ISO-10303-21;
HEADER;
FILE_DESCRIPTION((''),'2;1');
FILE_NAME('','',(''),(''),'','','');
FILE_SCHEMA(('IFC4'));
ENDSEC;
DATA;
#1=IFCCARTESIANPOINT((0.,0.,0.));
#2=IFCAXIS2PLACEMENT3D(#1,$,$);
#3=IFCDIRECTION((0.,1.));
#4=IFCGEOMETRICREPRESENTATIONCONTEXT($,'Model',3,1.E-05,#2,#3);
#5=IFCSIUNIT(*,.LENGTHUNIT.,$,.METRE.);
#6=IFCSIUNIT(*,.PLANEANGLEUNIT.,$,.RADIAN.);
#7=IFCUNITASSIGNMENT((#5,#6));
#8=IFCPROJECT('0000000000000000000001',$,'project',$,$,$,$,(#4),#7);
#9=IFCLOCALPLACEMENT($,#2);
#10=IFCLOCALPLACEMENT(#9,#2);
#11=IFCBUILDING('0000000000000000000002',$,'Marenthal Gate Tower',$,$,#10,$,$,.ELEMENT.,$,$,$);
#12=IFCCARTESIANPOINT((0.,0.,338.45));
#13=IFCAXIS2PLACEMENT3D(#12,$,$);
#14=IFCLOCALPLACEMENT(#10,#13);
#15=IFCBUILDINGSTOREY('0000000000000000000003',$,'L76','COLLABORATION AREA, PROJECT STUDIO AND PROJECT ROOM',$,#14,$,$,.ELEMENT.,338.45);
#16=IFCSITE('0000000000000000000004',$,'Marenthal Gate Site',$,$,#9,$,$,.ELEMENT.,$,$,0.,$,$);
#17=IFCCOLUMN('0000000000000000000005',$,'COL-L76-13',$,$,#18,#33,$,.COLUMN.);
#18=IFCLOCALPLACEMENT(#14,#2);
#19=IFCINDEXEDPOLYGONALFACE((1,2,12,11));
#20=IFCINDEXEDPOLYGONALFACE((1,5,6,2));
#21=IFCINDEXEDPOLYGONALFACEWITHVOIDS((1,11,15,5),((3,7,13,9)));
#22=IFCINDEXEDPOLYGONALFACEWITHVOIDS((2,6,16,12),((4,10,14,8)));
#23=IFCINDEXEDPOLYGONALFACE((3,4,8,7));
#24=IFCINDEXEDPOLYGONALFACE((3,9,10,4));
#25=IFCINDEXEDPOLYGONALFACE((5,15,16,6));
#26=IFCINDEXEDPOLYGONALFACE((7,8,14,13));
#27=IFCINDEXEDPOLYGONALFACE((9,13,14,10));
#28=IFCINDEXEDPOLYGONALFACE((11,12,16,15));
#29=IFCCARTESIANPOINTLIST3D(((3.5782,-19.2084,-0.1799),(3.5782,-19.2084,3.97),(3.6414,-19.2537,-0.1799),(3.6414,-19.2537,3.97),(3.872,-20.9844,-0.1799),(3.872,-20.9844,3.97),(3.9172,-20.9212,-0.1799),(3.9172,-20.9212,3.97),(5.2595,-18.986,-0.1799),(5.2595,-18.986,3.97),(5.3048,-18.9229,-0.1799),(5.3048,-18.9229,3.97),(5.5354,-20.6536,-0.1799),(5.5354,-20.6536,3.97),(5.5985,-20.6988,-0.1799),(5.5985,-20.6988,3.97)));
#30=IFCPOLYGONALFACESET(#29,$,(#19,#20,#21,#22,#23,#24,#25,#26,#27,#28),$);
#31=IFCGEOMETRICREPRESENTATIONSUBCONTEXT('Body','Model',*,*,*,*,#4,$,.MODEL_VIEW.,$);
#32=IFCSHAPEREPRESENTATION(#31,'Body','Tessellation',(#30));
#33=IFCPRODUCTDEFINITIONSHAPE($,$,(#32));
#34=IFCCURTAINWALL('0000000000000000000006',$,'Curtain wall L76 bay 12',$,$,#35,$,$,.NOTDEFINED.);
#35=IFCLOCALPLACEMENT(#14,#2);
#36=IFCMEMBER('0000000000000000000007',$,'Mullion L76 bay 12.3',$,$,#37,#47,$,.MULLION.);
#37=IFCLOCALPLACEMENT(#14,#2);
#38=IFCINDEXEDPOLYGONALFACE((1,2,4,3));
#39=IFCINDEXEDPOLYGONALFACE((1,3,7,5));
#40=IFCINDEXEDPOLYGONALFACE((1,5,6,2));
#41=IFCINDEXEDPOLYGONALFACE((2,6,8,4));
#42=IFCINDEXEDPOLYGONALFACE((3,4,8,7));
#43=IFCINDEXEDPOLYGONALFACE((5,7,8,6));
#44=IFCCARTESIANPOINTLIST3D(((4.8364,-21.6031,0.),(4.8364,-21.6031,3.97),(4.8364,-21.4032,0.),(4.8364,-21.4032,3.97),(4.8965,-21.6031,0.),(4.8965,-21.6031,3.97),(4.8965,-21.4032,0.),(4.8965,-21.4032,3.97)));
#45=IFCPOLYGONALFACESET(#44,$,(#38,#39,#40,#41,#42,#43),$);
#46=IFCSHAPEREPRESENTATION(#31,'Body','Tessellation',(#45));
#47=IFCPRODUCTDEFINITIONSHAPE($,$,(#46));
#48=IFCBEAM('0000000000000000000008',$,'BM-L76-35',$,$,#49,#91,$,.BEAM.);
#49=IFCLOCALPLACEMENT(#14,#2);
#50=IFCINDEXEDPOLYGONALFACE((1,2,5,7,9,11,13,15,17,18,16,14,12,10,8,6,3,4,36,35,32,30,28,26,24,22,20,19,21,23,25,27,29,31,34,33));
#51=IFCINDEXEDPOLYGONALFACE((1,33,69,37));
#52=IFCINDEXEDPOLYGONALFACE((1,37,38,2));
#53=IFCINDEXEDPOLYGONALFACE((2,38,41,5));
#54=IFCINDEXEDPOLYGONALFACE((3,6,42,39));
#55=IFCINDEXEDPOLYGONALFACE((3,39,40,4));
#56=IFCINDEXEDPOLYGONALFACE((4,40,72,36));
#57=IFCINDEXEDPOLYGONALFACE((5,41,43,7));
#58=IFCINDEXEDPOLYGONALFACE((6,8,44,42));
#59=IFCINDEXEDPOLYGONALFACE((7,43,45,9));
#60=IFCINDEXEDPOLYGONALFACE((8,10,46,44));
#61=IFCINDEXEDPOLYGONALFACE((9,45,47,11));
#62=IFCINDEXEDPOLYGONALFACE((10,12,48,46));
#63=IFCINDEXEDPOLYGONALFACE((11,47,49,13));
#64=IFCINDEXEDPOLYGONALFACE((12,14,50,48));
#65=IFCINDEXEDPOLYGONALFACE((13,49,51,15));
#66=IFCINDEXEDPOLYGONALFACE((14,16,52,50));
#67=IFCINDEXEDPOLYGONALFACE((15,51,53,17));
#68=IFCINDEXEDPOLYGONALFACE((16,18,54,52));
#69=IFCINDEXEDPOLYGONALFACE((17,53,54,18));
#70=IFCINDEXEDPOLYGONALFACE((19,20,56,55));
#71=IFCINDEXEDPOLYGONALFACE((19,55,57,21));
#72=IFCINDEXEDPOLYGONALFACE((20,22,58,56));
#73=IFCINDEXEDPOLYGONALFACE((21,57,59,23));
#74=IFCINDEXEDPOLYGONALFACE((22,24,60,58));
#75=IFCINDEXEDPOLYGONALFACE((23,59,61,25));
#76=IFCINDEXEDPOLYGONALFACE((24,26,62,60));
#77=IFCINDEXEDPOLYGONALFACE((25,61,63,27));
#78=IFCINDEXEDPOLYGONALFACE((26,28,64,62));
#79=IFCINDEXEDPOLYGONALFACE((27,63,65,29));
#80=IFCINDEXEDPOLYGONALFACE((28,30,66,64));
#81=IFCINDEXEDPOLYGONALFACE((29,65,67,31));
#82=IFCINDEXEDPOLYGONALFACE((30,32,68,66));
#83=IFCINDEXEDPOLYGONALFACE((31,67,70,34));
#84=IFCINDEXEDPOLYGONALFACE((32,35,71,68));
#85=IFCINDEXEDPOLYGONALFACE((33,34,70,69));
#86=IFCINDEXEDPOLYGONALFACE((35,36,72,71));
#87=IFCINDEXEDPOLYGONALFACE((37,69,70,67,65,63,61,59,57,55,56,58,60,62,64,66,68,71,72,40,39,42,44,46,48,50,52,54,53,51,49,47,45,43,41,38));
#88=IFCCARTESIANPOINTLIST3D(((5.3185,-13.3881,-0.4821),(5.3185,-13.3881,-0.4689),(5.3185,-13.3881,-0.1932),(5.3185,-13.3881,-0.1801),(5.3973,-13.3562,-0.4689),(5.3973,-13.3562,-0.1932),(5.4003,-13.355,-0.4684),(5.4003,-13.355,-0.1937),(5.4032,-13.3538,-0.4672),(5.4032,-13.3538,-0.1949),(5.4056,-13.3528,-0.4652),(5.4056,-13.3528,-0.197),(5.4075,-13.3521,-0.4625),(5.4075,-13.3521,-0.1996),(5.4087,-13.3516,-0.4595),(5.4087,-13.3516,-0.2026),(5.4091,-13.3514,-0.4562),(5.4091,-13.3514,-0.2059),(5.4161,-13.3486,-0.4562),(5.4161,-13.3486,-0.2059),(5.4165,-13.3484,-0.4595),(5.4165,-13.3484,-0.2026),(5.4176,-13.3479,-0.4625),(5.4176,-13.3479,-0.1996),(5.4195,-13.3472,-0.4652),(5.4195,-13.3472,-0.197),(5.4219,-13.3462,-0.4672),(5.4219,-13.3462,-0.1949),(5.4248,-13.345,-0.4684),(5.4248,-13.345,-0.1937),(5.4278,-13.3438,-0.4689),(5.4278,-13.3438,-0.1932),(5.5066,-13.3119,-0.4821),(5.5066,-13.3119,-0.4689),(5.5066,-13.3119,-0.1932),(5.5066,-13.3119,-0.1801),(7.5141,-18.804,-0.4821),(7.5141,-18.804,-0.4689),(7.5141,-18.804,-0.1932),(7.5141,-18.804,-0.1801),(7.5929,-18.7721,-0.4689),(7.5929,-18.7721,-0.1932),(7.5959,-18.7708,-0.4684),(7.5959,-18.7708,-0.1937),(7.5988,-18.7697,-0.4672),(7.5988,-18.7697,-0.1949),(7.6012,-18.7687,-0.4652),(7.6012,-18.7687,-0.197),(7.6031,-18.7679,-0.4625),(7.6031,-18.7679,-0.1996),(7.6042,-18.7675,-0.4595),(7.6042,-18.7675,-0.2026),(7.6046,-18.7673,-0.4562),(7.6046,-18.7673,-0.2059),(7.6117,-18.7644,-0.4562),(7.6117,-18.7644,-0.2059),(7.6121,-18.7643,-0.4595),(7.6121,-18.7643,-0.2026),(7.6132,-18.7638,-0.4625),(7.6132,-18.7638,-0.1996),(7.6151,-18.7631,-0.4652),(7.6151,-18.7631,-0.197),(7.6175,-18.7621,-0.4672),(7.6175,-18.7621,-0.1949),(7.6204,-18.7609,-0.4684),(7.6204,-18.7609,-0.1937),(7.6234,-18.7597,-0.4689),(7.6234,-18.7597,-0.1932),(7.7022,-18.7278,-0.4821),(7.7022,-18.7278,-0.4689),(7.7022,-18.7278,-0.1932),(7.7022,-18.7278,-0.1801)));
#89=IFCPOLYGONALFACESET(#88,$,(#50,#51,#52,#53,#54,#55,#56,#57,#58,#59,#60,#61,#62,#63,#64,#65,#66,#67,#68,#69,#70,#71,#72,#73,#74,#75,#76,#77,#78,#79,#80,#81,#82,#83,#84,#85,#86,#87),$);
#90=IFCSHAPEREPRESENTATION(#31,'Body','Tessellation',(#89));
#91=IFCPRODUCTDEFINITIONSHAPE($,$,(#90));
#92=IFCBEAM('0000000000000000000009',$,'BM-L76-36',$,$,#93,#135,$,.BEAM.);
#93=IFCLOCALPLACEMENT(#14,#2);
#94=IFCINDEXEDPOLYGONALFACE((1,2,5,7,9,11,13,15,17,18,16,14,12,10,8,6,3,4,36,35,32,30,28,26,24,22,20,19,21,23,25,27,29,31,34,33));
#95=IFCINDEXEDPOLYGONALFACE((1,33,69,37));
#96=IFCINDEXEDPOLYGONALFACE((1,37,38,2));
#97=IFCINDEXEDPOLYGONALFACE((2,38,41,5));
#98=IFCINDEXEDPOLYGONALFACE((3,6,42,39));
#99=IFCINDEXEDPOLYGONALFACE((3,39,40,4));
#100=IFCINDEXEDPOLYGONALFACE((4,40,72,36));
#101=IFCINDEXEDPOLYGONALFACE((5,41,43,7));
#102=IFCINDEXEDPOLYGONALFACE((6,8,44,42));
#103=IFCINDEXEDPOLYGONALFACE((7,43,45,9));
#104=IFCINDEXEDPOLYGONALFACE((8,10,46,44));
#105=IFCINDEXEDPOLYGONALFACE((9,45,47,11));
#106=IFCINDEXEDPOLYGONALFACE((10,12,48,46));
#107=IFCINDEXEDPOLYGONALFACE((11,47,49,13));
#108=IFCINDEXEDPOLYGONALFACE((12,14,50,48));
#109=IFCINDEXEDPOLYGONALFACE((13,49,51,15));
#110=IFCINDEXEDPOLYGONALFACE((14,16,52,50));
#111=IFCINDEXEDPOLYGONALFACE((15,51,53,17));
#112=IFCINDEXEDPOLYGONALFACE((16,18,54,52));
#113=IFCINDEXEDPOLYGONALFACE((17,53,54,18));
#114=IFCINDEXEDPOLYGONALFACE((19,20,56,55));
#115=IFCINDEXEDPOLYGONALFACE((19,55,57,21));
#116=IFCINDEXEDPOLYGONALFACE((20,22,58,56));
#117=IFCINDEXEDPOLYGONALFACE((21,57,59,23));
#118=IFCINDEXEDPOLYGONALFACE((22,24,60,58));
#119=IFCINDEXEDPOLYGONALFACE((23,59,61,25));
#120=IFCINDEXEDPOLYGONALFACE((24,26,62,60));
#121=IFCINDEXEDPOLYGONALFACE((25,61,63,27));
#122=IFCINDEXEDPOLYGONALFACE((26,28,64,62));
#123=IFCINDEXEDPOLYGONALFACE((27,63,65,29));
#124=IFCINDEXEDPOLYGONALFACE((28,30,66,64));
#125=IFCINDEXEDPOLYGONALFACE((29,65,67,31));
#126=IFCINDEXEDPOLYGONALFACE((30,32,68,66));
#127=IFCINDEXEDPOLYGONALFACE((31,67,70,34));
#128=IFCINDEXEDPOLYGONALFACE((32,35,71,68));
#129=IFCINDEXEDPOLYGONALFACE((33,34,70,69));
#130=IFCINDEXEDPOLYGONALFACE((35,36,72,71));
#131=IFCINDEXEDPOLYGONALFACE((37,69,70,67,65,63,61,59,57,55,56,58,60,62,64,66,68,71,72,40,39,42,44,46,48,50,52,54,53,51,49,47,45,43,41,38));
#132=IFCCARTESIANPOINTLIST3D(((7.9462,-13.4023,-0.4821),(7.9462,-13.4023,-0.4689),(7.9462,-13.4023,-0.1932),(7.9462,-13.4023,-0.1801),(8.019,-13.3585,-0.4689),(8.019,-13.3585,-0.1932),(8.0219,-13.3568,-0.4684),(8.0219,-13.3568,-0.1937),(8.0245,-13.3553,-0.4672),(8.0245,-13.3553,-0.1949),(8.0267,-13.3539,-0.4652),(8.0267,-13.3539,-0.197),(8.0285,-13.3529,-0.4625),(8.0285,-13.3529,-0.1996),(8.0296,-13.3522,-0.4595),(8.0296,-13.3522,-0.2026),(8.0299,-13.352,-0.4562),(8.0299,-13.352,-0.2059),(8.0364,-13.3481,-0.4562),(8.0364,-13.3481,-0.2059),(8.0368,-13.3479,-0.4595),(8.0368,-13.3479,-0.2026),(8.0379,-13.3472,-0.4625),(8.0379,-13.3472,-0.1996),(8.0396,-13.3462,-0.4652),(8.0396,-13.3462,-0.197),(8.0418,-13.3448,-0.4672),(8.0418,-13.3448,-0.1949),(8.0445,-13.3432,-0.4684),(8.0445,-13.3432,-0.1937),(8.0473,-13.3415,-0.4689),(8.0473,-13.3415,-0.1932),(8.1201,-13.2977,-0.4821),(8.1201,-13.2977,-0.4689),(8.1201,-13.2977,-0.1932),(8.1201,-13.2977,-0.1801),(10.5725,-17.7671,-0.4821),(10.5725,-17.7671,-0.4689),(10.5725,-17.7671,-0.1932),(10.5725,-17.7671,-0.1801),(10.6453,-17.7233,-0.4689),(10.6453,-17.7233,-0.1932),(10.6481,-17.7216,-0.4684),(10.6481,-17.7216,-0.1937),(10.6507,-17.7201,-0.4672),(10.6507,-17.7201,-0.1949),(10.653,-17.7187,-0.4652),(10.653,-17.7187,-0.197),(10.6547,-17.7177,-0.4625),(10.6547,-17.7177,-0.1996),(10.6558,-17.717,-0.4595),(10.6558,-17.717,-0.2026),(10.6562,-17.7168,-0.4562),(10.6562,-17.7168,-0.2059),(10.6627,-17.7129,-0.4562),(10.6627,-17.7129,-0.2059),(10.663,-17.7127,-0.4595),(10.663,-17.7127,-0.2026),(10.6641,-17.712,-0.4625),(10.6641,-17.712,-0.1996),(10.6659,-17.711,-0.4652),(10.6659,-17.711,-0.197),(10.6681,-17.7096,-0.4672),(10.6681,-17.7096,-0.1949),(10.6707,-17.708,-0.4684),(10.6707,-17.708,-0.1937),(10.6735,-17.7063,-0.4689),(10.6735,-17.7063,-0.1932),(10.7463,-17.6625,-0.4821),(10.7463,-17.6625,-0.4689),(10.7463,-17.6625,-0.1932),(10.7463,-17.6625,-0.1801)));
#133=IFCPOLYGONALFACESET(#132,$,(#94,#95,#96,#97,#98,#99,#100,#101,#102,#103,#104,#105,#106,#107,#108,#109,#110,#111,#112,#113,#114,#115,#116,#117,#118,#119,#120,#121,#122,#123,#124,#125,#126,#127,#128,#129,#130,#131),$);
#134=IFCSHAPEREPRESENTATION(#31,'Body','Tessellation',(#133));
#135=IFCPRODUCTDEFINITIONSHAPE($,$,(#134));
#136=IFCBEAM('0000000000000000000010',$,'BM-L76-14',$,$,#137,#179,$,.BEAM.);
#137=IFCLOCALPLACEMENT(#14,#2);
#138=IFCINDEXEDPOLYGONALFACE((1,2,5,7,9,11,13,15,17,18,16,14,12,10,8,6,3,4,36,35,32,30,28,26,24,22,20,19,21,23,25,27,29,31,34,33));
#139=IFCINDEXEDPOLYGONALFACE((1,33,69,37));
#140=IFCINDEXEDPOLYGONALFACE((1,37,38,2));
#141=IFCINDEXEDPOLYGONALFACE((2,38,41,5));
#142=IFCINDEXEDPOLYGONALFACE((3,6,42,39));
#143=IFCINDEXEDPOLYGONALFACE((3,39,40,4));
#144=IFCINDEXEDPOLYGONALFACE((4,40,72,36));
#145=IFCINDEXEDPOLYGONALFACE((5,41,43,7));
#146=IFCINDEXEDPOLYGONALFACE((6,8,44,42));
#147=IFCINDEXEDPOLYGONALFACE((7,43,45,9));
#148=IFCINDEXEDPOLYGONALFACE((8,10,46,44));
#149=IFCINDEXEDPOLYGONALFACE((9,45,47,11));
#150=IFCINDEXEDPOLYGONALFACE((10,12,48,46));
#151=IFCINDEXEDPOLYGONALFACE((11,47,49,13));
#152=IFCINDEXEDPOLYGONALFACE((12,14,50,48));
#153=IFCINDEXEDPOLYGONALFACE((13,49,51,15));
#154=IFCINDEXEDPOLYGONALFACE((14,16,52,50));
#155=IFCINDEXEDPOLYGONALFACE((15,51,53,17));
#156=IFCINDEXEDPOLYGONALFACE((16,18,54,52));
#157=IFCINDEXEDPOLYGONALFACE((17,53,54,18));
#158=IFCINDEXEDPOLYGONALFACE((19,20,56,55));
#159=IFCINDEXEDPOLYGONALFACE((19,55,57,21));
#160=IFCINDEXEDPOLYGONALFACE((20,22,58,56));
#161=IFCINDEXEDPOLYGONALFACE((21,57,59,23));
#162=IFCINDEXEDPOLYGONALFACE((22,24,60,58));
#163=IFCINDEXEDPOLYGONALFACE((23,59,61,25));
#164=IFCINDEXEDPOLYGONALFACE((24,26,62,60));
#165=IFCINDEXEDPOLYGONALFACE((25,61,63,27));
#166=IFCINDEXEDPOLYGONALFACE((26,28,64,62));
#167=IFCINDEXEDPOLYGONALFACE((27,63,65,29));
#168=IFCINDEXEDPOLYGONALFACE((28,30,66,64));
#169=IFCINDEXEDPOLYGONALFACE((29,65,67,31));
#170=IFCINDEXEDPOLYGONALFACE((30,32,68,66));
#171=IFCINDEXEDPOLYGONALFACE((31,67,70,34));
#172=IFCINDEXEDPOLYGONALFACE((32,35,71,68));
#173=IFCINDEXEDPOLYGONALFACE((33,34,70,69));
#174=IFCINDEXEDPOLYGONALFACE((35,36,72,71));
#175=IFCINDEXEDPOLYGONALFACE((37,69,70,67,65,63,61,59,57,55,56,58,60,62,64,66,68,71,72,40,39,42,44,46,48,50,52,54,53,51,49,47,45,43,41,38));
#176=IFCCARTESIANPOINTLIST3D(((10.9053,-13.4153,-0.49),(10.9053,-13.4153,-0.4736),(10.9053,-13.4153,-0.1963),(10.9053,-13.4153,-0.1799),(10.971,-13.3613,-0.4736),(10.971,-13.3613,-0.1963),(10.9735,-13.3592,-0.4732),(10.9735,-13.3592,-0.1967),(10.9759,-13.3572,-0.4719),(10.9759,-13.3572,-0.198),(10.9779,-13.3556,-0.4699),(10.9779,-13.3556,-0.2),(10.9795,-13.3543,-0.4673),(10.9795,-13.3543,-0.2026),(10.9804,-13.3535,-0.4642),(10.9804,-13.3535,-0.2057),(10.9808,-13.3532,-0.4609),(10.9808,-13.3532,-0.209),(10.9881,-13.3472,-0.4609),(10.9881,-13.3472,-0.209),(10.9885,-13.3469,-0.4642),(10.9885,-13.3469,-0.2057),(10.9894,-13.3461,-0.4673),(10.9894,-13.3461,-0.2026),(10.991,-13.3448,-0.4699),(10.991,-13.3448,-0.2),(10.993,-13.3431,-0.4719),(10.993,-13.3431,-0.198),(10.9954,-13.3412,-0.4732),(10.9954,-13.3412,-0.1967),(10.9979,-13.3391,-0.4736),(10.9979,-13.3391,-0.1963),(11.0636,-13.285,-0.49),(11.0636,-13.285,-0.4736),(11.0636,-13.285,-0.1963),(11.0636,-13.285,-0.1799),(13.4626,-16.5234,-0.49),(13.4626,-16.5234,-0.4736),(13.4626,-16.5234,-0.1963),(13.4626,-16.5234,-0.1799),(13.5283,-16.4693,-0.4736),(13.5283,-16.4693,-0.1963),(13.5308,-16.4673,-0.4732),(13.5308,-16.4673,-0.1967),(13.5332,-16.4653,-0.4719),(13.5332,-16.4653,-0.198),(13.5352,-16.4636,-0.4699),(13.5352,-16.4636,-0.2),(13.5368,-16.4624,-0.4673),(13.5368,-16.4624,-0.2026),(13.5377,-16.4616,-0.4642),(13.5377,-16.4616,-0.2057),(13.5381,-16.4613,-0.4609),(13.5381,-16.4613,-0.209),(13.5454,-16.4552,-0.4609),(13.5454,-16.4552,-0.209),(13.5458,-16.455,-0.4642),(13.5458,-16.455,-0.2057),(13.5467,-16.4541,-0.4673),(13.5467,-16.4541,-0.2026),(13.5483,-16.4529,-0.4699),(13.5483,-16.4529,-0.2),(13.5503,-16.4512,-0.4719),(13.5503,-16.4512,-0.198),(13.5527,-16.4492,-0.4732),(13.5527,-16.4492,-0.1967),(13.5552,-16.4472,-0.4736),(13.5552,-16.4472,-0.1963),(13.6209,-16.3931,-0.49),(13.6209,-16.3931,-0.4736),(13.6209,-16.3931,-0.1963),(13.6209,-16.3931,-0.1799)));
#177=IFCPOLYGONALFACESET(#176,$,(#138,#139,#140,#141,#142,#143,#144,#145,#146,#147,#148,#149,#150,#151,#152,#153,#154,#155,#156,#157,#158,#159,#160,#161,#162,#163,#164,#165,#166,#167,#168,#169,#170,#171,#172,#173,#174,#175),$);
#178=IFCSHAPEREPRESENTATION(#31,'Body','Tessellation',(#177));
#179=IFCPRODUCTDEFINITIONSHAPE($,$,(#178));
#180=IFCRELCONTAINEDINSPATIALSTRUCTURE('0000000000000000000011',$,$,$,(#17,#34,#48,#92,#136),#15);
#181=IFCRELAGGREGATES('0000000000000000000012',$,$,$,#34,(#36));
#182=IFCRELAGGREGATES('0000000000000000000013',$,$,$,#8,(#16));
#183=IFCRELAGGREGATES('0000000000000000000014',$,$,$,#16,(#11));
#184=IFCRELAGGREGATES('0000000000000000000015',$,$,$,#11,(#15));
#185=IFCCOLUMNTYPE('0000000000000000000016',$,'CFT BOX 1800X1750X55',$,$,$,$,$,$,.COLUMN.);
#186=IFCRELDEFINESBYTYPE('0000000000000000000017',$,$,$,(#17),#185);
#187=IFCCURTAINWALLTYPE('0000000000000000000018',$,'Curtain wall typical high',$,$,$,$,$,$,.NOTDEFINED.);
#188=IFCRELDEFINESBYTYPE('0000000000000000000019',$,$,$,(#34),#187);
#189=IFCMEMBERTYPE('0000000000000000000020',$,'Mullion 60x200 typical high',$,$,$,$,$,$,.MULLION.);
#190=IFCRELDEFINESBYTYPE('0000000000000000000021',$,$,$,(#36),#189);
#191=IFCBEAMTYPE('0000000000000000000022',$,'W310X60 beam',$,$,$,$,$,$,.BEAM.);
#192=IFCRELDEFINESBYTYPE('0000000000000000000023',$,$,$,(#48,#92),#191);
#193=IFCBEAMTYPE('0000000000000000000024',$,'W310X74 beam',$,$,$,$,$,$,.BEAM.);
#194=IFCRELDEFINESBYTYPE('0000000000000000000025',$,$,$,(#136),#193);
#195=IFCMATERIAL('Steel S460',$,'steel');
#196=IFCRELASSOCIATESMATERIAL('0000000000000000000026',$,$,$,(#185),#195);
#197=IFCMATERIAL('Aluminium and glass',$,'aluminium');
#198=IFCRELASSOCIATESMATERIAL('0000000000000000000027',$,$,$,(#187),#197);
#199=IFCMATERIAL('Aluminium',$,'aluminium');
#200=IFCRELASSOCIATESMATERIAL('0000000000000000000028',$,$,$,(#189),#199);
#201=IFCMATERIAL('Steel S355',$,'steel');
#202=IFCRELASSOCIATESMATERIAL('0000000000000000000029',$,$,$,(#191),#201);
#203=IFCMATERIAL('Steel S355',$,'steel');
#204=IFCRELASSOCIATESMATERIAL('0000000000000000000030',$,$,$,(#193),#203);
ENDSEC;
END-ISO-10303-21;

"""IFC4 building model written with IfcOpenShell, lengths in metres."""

from ifc_helpers import new_model, si_unit, direction, frame, origin, origin_2d, place, context, subcontext, project, spatial, rectangle, hollow_rectangle, i_section, extrude, material, material_profile, profile_set, type_object, element, aggregate, save


model = new_model("IFC4")

# Units and contexts
model_context = context("Model", 3, precision=1e-05, world=origin(), true_north=direction((0.0, 1.0)))
body_context = subcontext(model_context, "Body", "Model", "MODEL_VIEW")
ifc_project = project(units=[si_unit("LENGTHUNIT", "METRE"), si_unit("PLANEANGLEUNIT", "RADIAN")], contexts=[model_context])

# Site, building, storey
site_placement = place(None, origin())
site = spatial("IfcSite", under=ifc_project, at=site_placement, Name="Marenthal Gate Site", CompositionType="ELEMENT", RefElevation=0.0)
building_placement = place(site_placement, origin())
building = spatial("IfcBuilding", under=site, at=building_placement, Name="Marenthal Gate Tower", CompositionType="ELEMENT")
storey_placement = place(building_placement, frame((0.0, 0.0, 338.45)))
storey = spatial("IfcBuildingStorey", under=building, at=storey_placement, Name="L76", Description="COLLABORATION AREA, PROJECT STUDIO AND PROJECT ROOM", CompositionType="ELEMENT", Elevation=338.45)

# Column
ifc_material_1 = material(Name="Steel S460", Category="steel")
ifc_material_profile_1 = material_profile(ifc_material_1, hollow_rectangle(XDim=1.75, YDim=1.8, WallThickness=0.0549, at=origin_2d()), Name="CFT BOX 1800X1750X55")
ifc_material_2 = material(Name="Concrete 70 MPa", Category="concrete")
ifc_material_profile_2 = material_profile(ifc_material_2, rectangle(XDim=1.6399, YDim=1.6899, at=origin_2d()), Name="CFT BOX 1800X1750X55 INFILL")
ifc_profile_set_1 = profile_set([ifc_material_profile_1, ifc_material_profile_2], Name="Steel S460 shell, Concrete 70 MPa infill")
column_type = type_object("IfcColumnType", Name="CFT BOX 1800X1750X55", PredefinedType="COLUMN", material=ifc_profile_set_1)
column_placement = place(storey_placement, frame((4.5884, -19.9536, -0.1799), z_axis=(0.0, 0.0, 1.0), x_axis=(-0.986595, -0.163188, 0.0)))
element("IfcColumn", 1, at=column_placement, inside=storey, type_object=column_type, Name="COL-L76-13", PredefinedType="COLUMN", context=body_context, shape_type="SweptSolid", body=[
    extrude(hollow_rectangle(XDim=1.75, YDim=1.8, WallThickness=0.0549, at=origin_2d()), origin(), (0.0, 0.0, 1.0), 4.1499),
])

# Curtain wall, member
ifc_material_3 = material(Name="Aluminium and glass", Category="aluminium")
curtain_wall_type = type_object("IfcCurtainWallType", Name="Curtain wall typical high", PredefinedType="NOTDEFINED", material=ifc_material_3)
curtain_wall_placement = place(storey_placement, origin())
curtain_wall = element("IfcCurtainWall", 2, at=curtain_wall_placement, inside=storey, type_object=curtain_wall_type, Name="Curtain wall L76 bay 12", PredefinedType="NOTDEFINED")
ifc_material_4 = material(Name="Aluminium", Category="aluminium")
ifc_material_profile_3 = material_profile(ifc_material_4, rectangle(XDim=0.2, YDim=0.0601, at=origin_2d()), Name="60x200 aluminium mullion")
ifc_profile_set_2 = profile_set([ifc_material_profile_3], Name="Aluminium")
member_type = type_object("IfcMemberType", Name="Mullion 60x200 typical high", PredefinedType="MULLION", material=ifc_profile_set_2)
member_placement = place(storey_placement, frame((4.8665, -21.5032, 0.0), z_axis=(0.0, 0.0, 1.0), x_axis=(0.0, 1.0, 0.0)))
member = element("IfcMember", 3, at=member_placement, type_object=member_type, Name="Mullion L76 bay 12.3", PredefinedType="MULLION", context=body_context, shape_type="SweptSolid", body=[
    extrude(rectangle(XDim=0.2, YDim=0.0601, at=origin_2d()), origin(), (0.0, 0.0, 1.0), 3.97),
])

# Beams
ifc_material_5 = material(Name="Steel S355", Category="steel")
ifc_material_profile_4 = material_profile(ifc_material_5, i_section(OverallWidth=0.2029, OverallDepth=0.302, WebThickness=0.0076, FlangeThickness=0.0132, FilletRadius=0.0127, at=origin_2d()), Name="W310X60")
ifc_profile_set_3 = profile_set([ifc_material_profile_4], Name="Steel S355")
beam_type_1 = type_object("IfcBeamType", Name="W310X60 beam", PredefinedType="BEAM", material=ifc_profile_set_3)
beam_1_placement = place(storey_placement, frame((7.6082, -18.7659, -0.3311), z_axis=(-0.375701, 0.926741, 0.0), x_axis=(-0.926741, -0.375701, 0.0)))
element("IfcBeam", 4, at=beam_1_placement, inside=storey, type_object=beam_type_1, Name="BM-L76-35", PredefinedType="BEAM", context=body_context, shape_type="SweptSolid", body=[
    extrude(i_section(OverallWidth=0.2029, OverallDepth=0.302, WebThickness=0.0076, FlangeThickness=0.0132, FilletRadius=0.0127, at=origin_2d()), origin(), (0.0, 0.0, 1.0), 5.844),
])
beam_2_placement = place(storey_placement, frame((10.6594, -17.7148, -0.3311), z_axis=(-0.51556, 0.856854, 0.0), x_axis=(-0.856854, -0.51556, 0.0)))
element("IfcBeam", 5, at=beam_2_placement, inside=storey, type_object=beam_type_1, Name="BM-L76-36", PredefinedType="BEAM", context=body_context, shape_type="SweptSolid", body=[
    extrude(i_section(OverallWidth=0.2029, OverallDepth=0.302, WebThickness=0.0076, FlangeThickness=0.0132, FilletRadius=0.0127, at=origin_2d()), origin(), (0.0, 0.0, 1.0), 5.094),
])
ifc_material_6 = material(Name="Steel S355", Category="steel")
ifc_material_profile_5 = material_profile(ifc_material_6, i_section(OverallWidth=0.2051, OverallDepth=0.3101, WebThickness=0.0095, FlangeThickness=0.0164, FilletRadius=0.0127, at=origin_2d()), Name="W310X74")
ifc_profile_set_4 = profile_set([ifc_material_profile_5], Name="Steel S355")
beam_type_2 = type_object("IfcBeamType", Name="W310X74 beam", PredefinedType="BEAM", material=ifc_profile_set_4)
beam_3_placement = place(storey_placement, frame((13.5417, -16.4583, -0.335), z_axis=(-0.635369, 0.772209, 0.0), x_axis=(-0.772209, -0.635369, 0.0)))
element("IfcBeam", 6, at=beam_3_placement, inside=storey, type_object=beam_type_2, Name="BM-L76-14", PredefinedType="BEAM", context=body_context, shape_type="SweptSolid", body=[
    extrude(i_section(OverallWidth=0.2051, OverallDepth=0.3101, WebThickness=0.0095, FlangeThickness=0.0164, FilletRadius=0.0127, at=origin_2d()), origin(), (0.0, 0.0, 1.0), 4.0249),
])

aggregate(curtain_wall, [member])

save(model, "model.ifc")
